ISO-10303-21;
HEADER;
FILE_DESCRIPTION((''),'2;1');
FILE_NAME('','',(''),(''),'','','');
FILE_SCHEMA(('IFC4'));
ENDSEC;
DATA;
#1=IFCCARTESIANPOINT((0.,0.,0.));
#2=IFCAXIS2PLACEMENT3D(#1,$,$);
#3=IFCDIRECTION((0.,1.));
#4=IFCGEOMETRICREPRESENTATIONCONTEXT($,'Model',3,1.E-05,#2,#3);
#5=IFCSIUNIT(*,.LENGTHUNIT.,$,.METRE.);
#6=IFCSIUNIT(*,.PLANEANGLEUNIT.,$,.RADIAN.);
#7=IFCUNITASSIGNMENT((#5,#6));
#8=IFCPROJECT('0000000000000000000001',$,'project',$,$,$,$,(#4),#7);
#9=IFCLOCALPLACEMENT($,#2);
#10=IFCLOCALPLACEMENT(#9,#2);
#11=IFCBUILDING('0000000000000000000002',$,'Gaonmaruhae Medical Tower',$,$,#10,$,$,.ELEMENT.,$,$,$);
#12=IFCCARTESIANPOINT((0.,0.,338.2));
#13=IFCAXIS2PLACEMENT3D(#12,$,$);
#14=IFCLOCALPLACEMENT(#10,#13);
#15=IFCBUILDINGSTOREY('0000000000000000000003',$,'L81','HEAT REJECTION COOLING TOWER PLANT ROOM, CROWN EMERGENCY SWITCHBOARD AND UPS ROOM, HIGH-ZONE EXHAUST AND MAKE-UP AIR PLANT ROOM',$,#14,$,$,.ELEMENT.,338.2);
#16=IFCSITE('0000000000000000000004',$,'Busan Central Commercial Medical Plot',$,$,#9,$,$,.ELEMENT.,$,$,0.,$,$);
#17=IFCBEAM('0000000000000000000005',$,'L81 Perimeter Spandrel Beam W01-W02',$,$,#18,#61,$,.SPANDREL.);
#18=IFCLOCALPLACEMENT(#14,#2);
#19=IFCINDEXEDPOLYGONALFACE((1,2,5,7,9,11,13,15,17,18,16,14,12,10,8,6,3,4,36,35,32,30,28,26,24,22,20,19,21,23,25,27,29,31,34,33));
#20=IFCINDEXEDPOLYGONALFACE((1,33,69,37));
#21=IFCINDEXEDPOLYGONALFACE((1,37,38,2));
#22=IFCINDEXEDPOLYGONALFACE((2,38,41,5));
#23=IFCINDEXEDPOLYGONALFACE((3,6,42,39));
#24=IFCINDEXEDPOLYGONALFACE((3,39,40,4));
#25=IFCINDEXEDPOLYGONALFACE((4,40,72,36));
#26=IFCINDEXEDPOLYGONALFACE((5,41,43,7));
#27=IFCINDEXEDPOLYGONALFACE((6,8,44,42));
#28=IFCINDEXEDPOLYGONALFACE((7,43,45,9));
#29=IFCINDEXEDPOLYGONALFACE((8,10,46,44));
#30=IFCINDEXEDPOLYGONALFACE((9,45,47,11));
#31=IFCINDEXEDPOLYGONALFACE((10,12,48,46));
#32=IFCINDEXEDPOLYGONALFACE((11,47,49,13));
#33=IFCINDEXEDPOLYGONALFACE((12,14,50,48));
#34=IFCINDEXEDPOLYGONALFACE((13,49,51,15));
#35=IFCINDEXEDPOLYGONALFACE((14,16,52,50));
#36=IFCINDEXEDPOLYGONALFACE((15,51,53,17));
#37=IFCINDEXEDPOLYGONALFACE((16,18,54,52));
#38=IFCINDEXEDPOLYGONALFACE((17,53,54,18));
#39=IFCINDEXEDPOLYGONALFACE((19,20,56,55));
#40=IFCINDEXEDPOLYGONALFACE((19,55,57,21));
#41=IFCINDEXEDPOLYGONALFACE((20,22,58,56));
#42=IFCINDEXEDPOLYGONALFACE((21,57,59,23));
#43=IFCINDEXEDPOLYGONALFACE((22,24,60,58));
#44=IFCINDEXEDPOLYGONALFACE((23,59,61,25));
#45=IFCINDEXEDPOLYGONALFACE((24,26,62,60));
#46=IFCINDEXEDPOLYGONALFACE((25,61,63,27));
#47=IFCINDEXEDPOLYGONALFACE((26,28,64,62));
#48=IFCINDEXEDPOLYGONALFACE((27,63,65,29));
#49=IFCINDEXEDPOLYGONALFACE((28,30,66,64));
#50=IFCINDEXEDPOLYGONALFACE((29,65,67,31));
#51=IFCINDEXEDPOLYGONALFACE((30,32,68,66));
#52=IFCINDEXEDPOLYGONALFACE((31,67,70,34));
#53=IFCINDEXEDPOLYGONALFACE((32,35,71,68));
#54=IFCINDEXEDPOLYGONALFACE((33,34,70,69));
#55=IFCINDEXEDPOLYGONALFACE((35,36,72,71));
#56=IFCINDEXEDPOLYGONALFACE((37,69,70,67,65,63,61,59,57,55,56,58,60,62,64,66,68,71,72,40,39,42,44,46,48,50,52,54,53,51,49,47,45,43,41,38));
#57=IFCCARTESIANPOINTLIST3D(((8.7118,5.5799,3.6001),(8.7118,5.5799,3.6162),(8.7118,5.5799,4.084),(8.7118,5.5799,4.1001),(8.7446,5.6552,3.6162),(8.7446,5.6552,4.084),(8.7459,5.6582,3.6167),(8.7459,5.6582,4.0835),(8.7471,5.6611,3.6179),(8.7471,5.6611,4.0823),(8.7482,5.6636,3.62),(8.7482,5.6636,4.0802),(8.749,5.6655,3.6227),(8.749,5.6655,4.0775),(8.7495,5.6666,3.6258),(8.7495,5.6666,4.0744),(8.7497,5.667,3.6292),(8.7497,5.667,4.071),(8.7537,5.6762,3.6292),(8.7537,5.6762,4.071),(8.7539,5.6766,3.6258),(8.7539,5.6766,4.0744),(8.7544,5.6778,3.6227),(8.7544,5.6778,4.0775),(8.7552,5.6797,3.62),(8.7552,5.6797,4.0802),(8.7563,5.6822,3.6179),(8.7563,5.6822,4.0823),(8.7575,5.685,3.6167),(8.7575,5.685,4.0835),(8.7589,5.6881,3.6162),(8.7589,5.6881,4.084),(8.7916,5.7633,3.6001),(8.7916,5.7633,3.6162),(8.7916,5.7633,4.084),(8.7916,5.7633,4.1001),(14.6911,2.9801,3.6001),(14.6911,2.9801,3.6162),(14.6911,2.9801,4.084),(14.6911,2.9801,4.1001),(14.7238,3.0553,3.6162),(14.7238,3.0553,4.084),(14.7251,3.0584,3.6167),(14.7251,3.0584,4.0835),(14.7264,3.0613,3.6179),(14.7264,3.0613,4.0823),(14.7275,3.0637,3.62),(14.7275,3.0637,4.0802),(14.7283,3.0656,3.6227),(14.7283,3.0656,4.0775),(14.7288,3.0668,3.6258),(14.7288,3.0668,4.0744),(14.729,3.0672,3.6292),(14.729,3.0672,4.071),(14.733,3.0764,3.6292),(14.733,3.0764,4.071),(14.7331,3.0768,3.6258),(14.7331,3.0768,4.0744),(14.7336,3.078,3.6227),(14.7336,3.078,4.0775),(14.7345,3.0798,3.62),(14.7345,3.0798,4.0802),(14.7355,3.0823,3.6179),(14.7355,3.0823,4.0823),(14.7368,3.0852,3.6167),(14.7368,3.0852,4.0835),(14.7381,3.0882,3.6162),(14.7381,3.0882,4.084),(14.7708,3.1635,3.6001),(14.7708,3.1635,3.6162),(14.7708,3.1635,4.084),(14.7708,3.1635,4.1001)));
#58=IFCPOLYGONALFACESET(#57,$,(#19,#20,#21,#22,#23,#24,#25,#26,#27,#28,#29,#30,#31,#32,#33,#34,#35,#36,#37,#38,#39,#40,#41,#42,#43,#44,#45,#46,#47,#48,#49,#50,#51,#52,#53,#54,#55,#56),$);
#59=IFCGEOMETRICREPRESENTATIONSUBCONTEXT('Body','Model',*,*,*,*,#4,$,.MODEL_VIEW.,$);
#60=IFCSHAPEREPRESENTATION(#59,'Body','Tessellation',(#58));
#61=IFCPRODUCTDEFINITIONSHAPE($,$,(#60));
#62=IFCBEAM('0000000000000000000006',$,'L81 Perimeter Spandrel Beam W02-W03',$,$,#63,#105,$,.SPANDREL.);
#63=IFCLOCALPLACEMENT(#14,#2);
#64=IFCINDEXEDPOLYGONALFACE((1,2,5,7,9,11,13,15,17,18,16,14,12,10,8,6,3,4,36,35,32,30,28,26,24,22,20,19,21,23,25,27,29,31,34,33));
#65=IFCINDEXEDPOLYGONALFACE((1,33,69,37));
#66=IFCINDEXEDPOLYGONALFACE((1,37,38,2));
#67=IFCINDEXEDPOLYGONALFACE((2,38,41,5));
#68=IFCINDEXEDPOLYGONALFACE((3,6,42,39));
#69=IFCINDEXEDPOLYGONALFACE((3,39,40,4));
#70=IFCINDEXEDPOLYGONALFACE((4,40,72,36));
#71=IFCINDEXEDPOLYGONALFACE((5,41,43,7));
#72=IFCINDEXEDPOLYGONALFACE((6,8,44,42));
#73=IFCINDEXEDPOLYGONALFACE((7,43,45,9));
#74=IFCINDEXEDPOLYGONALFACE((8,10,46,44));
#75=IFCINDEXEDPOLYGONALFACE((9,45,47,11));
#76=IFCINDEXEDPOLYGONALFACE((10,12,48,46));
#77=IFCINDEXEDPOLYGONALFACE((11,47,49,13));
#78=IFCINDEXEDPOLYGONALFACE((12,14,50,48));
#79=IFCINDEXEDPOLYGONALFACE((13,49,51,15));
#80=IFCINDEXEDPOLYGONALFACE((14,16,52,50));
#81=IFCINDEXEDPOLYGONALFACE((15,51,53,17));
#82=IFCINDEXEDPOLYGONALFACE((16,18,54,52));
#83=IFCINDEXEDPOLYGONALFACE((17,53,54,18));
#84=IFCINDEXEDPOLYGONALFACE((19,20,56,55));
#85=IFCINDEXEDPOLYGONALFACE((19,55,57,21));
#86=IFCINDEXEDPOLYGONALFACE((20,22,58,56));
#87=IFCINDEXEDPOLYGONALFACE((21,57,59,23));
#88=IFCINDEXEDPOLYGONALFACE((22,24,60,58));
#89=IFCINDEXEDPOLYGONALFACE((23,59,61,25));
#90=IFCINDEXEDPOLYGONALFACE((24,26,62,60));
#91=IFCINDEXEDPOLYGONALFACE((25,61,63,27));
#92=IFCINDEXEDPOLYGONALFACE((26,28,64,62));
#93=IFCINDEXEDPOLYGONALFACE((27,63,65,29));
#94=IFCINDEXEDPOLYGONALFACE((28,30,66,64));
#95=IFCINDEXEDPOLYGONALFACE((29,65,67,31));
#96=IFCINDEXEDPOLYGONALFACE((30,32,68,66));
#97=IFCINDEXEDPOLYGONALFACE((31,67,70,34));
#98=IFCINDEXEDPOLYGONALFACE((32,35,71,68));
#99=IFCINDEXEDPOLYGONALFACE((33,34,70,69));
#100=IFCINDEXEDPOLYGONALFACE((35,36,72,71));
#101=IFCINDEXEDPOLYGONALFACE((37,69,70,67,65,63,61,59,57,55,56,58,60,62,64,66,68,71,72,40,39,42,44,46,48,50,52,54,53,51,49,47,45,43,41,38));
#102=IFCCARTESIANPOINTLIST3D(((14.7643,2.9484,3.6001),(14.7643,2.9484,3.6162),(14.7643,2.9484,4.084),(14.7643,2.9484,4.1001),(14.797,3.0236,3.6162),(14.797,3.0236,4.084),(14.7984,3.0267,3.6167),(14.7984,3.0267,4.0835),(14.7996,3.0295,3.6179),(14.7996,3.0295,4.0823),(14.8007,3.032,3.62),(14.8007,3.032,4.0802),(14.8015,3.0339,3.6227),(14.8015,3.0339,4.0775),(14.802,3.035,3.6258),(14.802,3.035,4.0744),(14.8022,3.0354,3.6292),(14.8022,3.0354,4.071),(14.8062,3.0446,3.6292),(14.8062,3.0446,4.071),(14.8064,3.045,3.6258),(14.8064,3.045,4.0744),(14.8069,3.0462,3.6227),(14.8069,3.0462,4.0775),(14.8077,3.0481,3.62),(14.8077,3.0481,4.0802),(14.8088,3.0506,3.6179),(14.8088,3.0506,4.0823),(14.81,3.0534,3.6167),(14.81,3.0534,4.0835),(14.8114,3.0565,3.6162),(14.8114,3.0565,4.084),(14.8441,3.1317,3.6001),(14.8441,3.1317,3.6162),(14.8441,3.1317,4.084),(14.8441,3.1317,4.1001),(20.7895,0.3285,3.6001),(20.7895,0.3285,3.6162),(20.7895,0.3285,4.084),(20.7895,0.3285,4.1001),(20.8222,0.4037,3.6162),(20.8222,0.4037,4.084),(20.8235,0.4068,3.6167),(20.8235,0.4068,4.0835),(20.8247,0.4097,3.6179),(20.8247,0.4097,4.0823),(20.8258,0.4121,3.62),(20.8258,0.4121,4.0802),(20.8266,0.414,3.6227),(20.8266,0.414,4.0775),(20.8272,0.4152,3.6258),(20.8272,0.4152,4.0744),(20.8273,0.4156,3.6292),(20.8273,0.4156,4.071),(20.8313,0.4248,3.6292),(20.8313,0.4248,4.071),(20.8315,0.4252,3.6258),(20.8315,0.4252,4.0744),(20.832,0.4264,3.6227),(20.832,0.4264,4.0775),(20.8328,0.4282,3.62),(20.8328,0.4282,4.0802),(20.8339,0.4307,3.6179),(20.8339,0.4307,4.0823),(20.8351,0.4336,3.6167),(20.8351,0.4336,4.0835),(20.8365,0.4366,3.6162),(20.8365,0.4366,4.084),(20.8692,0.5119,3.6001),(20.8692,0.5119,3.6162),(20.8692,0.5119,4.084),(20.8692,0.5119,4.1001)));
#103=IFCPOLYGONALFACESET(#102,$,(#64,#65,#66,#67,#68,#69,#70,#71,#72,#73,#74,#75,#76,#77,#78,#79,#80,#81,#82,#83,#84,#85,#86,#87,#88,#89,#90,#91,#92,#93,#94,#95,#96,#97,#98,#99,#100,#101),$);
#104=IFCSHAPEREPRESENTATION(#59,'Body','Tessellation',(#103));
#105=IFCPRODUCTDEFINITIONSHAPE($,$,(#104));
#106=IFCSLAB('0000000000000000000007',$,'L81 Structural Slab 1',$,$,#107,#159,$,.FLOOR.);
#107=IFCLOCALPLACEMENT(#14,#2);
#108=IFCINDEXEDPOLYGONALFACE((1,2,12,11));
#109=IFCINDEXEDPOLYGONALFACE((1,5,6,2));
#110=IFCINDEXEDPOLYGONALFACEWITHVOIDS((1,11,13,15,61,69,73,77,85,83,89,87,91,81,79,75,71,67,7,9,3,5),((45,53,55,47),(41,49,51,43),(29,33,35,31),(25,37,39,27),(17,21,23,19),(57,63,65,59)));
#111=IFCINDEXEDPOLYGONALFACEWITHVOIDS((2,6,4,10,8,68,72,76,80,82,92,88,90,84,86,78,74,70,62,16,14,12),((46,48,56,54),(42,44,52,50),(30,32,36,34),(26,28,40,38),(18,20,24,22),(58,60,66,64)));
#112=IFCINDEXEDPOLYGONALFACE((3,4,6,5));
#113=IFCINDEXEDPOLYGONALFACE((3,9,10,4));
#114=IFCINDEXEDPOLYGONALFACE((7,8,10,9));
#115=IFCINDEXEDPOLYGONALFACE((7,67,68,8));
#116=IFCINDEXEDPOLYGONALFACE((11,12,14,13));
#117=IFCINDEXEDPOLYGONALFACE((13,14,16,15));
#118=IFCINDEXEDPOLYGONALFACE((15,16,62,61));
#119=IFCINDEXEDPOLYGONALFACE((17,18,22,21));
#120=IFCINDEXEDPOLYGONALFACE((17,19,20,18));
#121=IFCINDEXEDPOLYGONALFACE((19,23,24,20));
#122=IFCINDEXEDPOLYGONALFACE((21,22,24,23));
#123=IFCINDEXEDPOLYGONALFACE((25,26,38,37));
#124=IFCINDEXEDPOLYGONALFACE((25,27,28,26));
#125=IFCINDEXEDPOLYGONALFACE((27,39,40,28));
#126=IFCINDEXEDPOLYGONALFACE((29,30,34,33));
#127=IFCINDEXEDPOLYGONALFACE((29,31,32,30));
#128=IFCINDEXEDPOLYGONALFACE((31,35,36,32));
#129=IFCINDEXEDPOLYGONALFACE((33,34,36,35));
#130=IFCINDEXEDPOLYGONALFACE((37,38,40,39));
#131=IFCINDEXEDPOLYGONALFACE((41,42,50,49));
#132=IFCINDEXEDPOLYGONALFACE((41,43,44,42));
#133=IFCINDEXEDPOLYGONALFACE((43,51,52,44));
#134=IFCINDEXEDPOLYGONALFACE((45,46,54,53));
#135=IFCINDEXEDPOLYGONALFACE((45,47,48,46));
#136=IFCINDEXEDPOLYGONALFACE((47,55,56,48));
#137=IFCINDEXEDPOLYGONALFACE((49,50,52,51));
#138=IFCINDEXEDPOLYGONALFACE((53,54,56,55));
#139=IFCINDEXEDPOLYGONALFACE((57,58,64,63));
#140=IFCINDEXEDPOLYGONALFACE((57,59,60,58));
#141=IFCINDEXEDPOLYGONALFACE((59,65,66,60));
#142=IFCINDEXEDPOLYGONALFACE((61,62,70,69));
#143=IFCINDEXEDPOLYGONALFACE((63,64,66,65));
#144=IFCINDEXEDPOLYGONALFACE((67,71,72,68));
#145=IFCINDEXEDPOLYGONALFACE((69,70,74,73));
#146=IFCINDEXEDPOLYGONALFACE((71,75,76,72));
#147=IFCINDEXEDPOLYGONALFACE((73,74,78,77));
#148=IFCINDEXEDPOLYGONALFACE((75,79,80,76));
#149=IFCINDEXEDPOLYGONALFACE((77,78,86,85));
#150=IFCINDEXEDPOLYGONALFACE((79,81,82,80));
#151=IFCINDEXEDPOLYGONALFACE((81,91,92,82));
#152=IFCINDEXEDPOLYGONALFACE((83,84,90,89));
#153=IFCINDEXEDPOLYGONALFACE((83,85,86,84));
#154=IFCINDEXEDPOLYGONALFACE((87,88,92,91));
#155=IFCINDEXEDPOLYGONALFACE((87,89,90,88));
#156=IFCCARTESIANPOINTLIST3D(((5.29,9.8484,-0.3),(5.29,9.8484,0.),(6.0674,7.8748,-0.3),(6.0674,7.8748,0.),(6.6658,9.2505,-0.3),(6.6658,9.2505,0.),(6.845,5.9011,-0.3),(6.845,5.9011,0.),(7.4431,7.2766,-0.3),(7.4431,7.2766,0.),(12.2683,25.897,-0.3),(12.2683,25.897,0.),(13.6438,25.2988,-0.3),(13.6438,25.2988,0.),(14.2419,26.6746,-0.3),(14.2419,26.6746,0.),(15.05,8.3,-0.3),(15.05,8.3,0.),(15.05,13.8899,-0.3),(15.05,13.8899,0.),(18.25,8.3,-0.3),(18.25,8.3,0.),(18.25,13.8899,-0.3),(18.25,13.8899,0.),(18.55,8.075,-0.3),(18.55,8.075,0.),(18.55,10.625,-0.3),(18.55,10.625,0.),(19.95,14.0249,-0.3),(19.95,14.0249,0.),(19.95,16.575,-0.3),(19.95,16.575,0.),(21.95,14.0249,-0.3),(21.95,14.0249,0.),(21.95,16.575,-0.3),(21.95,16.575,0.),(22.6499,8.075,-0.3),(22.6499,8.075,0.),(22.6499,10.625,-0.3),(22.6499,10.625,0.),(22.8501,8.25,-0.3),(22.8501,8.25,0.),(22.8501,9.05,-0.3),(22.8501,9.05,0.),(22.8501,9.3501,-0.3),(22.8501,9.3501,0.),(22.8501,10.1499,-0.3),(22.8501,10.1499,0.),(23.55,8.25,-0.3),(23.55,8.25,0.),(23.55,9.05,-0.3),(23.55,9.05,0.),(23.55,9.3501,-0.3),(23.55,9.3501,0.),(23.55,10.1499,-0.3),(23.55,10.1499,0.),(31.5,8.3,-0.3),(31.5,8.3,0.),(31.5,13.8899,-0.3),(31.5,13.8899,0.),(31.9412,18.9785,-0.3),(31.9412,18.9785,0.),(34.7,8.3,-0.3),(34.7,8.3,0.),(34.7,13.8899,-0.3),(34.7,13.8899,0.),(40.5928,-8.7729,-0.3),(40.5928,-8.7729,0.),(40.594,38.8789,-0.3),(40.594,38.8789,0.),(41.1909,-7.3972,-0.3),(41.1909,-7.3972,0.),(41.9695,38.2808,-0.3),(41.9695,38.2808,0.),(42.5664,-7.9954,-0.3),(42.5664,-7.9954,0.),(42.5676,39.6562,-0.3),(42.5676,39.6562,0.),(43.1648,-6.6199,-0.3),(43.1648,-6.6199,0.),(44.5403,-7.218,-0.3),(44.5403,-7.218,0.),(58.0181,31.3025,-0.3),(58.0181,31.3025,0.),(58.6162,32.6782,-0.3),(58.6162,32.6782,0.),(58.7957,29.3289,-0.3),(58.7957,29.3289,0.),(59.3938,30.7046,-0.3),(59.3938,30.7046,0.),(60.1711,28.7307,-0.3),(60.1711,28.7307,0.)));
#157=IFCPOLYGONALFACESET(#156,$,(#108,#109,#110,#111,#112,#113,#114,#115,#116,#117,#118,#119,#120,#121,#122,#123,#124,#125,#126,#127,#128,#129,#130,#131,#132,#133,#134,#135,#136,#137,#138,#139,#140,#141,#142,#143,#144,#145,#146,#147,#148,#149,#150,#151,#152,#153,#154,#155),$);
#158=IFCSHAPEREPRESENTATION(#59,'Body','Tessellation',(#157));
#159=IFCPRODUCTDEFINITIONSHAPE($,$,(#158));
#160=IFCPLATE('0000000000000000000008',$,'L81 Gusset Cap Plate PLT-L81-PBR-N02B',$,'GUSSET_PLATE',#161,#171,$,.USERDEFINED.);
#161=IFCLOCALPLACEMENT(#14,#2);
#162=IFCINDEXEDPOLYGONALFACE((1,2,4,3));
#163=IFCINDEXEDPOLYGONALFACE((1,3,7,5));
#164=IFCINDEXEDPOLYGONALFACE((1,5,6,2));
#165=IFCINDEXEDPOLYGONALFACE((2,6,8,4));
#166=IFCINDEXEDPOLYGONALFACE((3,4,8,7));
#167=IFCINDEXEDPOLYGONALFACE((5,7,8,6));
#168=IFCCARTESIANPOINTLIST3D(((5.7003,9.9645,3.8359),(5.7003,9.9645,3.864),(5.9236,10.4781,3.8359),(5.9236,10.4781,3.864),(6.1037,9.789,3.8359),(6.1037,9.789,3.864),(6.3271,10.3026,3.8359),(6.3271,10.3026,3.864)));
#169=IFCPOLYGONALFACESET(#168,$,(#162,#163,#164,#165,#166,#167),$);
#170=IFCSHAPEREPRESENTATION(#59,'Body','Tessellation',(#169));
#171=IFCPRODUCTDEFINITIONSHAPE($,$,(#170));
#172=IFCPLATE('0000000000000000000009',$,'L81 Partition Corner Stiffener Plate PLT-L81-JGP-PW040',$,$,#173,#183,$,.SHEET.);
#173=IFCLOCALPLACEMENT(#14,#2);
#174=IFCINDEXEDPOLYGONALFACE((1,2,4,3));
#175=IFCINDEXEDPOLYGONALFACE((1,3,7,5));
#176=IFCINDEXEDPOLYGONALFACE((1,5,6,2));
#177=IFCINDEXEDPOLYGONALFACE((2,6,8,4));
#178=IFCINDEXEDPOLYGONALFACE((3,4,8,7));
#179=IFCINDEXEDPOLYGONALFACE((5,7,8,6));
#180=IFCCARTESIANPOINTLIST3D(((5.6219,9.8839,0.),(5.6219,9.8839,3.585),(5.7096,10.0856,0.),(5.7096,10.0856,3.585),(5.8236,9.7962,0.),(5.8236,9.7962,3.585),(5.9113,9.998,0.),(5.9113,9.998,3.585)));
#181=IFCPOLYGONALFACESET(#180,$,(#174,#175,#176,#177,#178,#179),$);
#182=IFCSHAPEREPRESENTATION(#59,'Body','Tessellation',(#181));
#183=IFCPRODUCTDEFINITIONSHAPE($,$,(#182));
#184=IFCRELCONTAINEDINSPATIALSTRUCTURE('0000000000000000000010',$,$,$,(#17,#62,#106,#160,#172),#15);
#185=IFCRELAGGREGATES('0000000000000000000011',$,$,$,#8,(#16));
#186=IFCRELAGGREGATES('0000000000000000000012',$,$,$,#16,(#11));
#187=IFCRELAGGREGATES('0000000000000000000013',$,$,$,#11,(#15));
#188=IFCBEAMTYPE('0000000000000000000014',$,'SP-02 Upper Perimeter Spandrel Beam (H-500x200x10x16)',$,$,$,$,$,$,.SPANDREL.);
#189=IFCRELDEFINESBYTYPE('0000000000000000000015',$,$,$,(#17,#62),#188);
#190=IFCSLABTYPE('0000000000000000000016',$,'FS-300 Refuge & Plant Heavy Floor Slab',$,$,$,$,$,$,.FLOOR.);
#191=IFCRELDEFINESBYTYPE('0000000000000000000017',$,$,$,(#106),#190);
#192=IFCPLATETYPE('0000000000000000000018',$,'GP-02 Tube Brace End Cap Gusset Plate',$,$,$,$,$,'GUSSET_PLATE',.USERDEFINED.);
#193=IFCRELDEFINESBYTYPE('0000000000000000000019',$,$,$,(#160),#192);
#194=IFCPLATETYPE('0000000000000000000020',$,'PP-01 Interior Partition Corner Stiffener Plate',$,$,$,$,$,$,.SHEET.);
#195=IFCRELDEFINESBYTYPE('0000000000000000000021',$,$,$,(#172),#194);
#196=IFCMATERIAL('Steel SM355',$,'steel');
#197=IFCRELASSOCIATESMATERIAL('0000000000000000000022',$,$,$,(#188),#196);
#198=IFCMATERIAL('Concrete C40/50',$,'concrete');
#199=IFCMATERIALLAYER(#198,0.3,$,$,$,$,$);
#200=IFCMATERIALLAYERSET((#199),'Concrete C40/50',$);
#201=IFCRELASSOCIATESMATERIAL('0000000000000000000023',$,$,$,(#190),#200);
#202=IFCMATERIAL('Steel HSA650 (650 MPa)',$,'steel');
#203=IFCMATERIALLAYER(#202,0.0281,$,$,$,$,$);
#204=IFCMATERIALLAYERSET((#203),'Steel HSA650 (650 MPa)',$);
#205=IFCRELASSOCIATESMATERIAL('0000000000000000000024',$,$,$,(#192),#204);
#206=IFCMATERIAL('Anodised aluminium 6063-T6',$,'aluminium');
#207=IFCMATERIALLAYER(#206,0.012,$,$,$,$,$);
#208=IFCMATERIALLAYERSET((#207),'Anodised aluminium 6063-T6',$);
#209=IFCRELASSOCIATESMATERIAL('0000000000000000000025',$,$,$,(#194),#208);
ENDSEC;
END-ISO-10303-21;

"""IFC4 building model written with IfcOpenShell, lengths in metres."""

from ifc_helpers import new_model, si_unit, direction, frame, origin, origin_2d, place, context, subcontext, project, spatial, polyline, rectangle, i_section, outline, extrude, material, layer, layer_set, material_profile, profile_set, type_object, element, save


model = new_model("IFC4")

# Units and contexts
model_context = context("Model", 3, precision=1e-05, world=origin(), true_north=direction((0.0, 1.0)))
body_context = subcontext(model_context, "Body", "Model", "MODEL_VIEW")
ifc_project = project(units=[si_unit("LENGTHUNIT", "METRE"), si_unit("PLANEANGLEUNIT", "RADIAN")], contexts=[model_context])

# Site, building, storey
site_placement = place(None, origin())
site = spatial("IfcSite", under=ifc_project, at=site_placement, Name="Busan Central Commercial Medical Plot", CompositionType="ELEMENT", RefElevation=0.0)
building_placement = place(site_placement, origin())
building = spatial("IfcBuilding", under=site, at=building_placement, Name="Gaonmaruhae Medical Tower", CompositionType="ELEMENT")
storey_placement = place(building_placement, frame((0.0, 0.0, 338.2)))
storey = spatial("IfcBuildingStorey", under=building, at=storey_placement, Name="L81", Description="HEAT REJECTION COOLING TOWER PLANT ROOM, CROWN EMERGENCY SWITCHBOARD AND UPS ROOM, HIGH-ZONE EXHAUST AND MAKE-UP AIR PLANT ROOM", CompositionType="ELEMENT", Elevation=338.2)

# Beams
ifc_material_1 = material(Name="Steel SM355", Category="steel")
ifc_material_profile_1 = material_profile(ifc_material_1, i_section(OverallWidth=0.2, OverallDepth=0.5, WebThickness=0.01, FlangeThickness=0.0161, FilletRadius=0.0129, at=origin_2d()), Name="H-500x200x10x16")
ifc_profile_set_1 = profile_set([ifc_material_profile_1], Name="Steel SM355")
beam_type_1 = type_object("IfcBeamType", Name="SP-02 Upper Perimeter Spandrel Beam (H-500x200x10x16)", PredefinedType="SPANDREL", material=ifc_profile_set_1)
beam_1_placement = place(storey_placement, frame((8.7517, 5.6716, 3.8501), z_axis=(0.91706, -0.398749, 0.0), x_axis=(0.398749, 0.91706, 0.0)))
element("IfcBeam", 1, at=beam_1_placement, inside=storey, type_object=beam_type_1, Name="L81 Perimeter Spandrel Beam W01-W02", PredefinedType="SPANDREL", context=body_context, shape_type="SweptSolid", body=[
    extrude(i_section(OverallWidth=0.2, OverallDepth=0.5, WebThickness=0.01, FlangeThickness=0.0161, FilletRadius=0.0129, at=origin_2d()), origin(), (0.0, 0.0, 1.0), 6.52),
])
beam_2_placement = place(storey_placement, frame((14.8042, 3.04, 3.8501), z_axis=(0.917056, -0.398757, 0.0), x_axis=(0.398757, 0.917056, 0.0)))
element("IfcBeam", 2, at=beam_2_placement, inside=storey, type_object=beam_type_1, Name="L81 Perimeter Spandrel Beam W02-W03", PredefinedType="SPANDREL", context=body_context, shape_type="SweptSolid", body=[
    extrude(i_section(OverallWidth=0.2, OverallDepth=0.5, WebThickness=0.01, FlangeThickness=0.0161, FilletRadius=0.0129, at=origin_2d()), origin(), (0.0, 0.0, 1.0), 6.5701),
])

# Slab
ifc_material_2 = material(Name="Concrete C40/50", Category="concrete")
ifc_layer_1 = layer(ifc_material_2, 0.3)
ifc_layer_set_1 = layer_set([ifc_layer_1], Name="Concrete C40/50")
slab_type_1 = type_object("IfcSlabType", Name="FS-300 Refuge & Plant Heavy Floor Slab", PredefinedType="FLOOR", material=ifc_layer_set_1)
slab_1_placement = place(storey_placement, frame((0.0, 0.0, -0.3)))
element("IfcSlab", 3, at=slab_1_placement, inside=storey, type_object=slab_type_1, Name="L81 Structural Slab 1", PredefinedType="FLOOR", context=body_context, shape_type="SweptSolid", body=[
    extrude(outline(polyline([(44.5403, -7.218), (60.1711, 28.7307), (58.7957, 29.3289), (59.3938, 30.7046), (58.0181, 31.3025), (58.6162, 32.6782), (42.5676, 39.6562), (41.9695, 38.2808), (40.594, 38.8789), (31.9412, 18.9785), (14.2419, 26.6746), (13.6438, 25.2988), (12.2683, 25.897), (5.29, 9.8484), (6.6658, 9.2505), (6.0674, 7.8748), (7.4431, 7.2766), (6.845, 5.9011), (40.5928, -8.7729), (41.1909, -7.3972), (42.5664, -7.9954), (43.1648, -6.6199), (44.5403, -7.218)]), holes=[polyline([(23.55, 9.05), (23.55, 8.25), (22.8501, 8.25), (22.8501, 9.05), (23.55, 9.05)]), polyline([(18.55, 8.075), (18.55, 10.625), (22.6499, 10.625), (22.6499, 8.075), (18.55, 8.075)]), polyline([(23.55, 9.3501), (22.8501, 9.3501), (22.8501, 10.1499), (23.55, 10.1499), (23.55, 9.3501)]), polyline([(15.05, 8.3), (15.05, 13.8899), (18.25, 13.8899), (18.25, 8.3), (15.05, 8.3)]), polyline([(31.5, 13.8899), (34.7, 13.8899), (34.7, 8.3), (31.5, 8.3), (31.5, 13.8899)]), polyline([(19.95, 16.575), (21.95, 16.575), (21.95, 14.0249), (19.95, 14.0249), (19.95, 16.575)])]), origin(), (0.0, 0.0, 1.0), 0.3),
])

# Plates
ifc_material_3 = material(Name="Steel HSA650 (650 MPa)", Category="steel")
ifc_layer_2 = layer(ifc_material_3, 0.0281)
ifc_layer_set_2 = layer_set([ifc_layer_2], Name="Steel HSA650 (650 MPa)")
plate_type_1 = type_object("IfcPlateType", Name="GP-02 Tube Brace End Cap Gusset Plate", ElementType="GUSSET_PLATE", PredefinedType="USERDEFINED", material=ifc_layer_set_2)
plate_1_placement = place(storey_placement, frame((6.0137, 10.1335, 3.8359), z_axis=(0.0, 0.0, 1.0), x_axis=(0.398749, 0.91706, 0.0)))
element("IfcPlate", 4, at=plate_1_placement, inside=storey, type_object=plate_type_1, Name="L81 Gusset Cap Plate PLT-L81-PBR-N02B", ObjectType="GUSSET_PLATE", PredefinedType="USERDEFINED", context=body_context, shape_type="SweptSolid", body=[
    extrude(rectangle(XDim=0.5601, YDim=0.4399, at=origin_2d()), origin(), (0.0, 0.0, 1.0), 0.0281),
])
ifc_material_4 = material(Name="Anodised aluminium 6063-T6", Category="aluminium")
ifc_layer_3 = layer(ifc_material_4, 0.012)
ifc_layer_set_3 = layer_set([ifc_layer_3], Name="Anodised aluminium 6063-T6")
plate_type_2 = type_object("IfcPlateType", Name="PP-01 Interior Partition Corner Stiffener Plate", PredefinedType="SHEET", material=ifc_layer_set_3)
plate_2_placement = place(storey_placement, frame((5.7666, 9.9409, 0.0), z_axis=(0.0, 0.0, 1.0), x_axis=(0.398525, 0.917157, 0.0)))
element("IfcPlate", 5, at=plate_2_placement, inside=storey, type_object=plate_type_2, Name="L81 Partition Corner Stiffener Plate PLT-L81-JGP-PW040", PredefinedType="SHEET", context=body_context, shape_type="SweptSolid", body=[
    extrude(rectangle(XDim=0.22, YDim=0.22, at=origin_2d()), origin(), (0.0, 0.0, 1.0), 3.585),
])

save(model, "model.ifc")
